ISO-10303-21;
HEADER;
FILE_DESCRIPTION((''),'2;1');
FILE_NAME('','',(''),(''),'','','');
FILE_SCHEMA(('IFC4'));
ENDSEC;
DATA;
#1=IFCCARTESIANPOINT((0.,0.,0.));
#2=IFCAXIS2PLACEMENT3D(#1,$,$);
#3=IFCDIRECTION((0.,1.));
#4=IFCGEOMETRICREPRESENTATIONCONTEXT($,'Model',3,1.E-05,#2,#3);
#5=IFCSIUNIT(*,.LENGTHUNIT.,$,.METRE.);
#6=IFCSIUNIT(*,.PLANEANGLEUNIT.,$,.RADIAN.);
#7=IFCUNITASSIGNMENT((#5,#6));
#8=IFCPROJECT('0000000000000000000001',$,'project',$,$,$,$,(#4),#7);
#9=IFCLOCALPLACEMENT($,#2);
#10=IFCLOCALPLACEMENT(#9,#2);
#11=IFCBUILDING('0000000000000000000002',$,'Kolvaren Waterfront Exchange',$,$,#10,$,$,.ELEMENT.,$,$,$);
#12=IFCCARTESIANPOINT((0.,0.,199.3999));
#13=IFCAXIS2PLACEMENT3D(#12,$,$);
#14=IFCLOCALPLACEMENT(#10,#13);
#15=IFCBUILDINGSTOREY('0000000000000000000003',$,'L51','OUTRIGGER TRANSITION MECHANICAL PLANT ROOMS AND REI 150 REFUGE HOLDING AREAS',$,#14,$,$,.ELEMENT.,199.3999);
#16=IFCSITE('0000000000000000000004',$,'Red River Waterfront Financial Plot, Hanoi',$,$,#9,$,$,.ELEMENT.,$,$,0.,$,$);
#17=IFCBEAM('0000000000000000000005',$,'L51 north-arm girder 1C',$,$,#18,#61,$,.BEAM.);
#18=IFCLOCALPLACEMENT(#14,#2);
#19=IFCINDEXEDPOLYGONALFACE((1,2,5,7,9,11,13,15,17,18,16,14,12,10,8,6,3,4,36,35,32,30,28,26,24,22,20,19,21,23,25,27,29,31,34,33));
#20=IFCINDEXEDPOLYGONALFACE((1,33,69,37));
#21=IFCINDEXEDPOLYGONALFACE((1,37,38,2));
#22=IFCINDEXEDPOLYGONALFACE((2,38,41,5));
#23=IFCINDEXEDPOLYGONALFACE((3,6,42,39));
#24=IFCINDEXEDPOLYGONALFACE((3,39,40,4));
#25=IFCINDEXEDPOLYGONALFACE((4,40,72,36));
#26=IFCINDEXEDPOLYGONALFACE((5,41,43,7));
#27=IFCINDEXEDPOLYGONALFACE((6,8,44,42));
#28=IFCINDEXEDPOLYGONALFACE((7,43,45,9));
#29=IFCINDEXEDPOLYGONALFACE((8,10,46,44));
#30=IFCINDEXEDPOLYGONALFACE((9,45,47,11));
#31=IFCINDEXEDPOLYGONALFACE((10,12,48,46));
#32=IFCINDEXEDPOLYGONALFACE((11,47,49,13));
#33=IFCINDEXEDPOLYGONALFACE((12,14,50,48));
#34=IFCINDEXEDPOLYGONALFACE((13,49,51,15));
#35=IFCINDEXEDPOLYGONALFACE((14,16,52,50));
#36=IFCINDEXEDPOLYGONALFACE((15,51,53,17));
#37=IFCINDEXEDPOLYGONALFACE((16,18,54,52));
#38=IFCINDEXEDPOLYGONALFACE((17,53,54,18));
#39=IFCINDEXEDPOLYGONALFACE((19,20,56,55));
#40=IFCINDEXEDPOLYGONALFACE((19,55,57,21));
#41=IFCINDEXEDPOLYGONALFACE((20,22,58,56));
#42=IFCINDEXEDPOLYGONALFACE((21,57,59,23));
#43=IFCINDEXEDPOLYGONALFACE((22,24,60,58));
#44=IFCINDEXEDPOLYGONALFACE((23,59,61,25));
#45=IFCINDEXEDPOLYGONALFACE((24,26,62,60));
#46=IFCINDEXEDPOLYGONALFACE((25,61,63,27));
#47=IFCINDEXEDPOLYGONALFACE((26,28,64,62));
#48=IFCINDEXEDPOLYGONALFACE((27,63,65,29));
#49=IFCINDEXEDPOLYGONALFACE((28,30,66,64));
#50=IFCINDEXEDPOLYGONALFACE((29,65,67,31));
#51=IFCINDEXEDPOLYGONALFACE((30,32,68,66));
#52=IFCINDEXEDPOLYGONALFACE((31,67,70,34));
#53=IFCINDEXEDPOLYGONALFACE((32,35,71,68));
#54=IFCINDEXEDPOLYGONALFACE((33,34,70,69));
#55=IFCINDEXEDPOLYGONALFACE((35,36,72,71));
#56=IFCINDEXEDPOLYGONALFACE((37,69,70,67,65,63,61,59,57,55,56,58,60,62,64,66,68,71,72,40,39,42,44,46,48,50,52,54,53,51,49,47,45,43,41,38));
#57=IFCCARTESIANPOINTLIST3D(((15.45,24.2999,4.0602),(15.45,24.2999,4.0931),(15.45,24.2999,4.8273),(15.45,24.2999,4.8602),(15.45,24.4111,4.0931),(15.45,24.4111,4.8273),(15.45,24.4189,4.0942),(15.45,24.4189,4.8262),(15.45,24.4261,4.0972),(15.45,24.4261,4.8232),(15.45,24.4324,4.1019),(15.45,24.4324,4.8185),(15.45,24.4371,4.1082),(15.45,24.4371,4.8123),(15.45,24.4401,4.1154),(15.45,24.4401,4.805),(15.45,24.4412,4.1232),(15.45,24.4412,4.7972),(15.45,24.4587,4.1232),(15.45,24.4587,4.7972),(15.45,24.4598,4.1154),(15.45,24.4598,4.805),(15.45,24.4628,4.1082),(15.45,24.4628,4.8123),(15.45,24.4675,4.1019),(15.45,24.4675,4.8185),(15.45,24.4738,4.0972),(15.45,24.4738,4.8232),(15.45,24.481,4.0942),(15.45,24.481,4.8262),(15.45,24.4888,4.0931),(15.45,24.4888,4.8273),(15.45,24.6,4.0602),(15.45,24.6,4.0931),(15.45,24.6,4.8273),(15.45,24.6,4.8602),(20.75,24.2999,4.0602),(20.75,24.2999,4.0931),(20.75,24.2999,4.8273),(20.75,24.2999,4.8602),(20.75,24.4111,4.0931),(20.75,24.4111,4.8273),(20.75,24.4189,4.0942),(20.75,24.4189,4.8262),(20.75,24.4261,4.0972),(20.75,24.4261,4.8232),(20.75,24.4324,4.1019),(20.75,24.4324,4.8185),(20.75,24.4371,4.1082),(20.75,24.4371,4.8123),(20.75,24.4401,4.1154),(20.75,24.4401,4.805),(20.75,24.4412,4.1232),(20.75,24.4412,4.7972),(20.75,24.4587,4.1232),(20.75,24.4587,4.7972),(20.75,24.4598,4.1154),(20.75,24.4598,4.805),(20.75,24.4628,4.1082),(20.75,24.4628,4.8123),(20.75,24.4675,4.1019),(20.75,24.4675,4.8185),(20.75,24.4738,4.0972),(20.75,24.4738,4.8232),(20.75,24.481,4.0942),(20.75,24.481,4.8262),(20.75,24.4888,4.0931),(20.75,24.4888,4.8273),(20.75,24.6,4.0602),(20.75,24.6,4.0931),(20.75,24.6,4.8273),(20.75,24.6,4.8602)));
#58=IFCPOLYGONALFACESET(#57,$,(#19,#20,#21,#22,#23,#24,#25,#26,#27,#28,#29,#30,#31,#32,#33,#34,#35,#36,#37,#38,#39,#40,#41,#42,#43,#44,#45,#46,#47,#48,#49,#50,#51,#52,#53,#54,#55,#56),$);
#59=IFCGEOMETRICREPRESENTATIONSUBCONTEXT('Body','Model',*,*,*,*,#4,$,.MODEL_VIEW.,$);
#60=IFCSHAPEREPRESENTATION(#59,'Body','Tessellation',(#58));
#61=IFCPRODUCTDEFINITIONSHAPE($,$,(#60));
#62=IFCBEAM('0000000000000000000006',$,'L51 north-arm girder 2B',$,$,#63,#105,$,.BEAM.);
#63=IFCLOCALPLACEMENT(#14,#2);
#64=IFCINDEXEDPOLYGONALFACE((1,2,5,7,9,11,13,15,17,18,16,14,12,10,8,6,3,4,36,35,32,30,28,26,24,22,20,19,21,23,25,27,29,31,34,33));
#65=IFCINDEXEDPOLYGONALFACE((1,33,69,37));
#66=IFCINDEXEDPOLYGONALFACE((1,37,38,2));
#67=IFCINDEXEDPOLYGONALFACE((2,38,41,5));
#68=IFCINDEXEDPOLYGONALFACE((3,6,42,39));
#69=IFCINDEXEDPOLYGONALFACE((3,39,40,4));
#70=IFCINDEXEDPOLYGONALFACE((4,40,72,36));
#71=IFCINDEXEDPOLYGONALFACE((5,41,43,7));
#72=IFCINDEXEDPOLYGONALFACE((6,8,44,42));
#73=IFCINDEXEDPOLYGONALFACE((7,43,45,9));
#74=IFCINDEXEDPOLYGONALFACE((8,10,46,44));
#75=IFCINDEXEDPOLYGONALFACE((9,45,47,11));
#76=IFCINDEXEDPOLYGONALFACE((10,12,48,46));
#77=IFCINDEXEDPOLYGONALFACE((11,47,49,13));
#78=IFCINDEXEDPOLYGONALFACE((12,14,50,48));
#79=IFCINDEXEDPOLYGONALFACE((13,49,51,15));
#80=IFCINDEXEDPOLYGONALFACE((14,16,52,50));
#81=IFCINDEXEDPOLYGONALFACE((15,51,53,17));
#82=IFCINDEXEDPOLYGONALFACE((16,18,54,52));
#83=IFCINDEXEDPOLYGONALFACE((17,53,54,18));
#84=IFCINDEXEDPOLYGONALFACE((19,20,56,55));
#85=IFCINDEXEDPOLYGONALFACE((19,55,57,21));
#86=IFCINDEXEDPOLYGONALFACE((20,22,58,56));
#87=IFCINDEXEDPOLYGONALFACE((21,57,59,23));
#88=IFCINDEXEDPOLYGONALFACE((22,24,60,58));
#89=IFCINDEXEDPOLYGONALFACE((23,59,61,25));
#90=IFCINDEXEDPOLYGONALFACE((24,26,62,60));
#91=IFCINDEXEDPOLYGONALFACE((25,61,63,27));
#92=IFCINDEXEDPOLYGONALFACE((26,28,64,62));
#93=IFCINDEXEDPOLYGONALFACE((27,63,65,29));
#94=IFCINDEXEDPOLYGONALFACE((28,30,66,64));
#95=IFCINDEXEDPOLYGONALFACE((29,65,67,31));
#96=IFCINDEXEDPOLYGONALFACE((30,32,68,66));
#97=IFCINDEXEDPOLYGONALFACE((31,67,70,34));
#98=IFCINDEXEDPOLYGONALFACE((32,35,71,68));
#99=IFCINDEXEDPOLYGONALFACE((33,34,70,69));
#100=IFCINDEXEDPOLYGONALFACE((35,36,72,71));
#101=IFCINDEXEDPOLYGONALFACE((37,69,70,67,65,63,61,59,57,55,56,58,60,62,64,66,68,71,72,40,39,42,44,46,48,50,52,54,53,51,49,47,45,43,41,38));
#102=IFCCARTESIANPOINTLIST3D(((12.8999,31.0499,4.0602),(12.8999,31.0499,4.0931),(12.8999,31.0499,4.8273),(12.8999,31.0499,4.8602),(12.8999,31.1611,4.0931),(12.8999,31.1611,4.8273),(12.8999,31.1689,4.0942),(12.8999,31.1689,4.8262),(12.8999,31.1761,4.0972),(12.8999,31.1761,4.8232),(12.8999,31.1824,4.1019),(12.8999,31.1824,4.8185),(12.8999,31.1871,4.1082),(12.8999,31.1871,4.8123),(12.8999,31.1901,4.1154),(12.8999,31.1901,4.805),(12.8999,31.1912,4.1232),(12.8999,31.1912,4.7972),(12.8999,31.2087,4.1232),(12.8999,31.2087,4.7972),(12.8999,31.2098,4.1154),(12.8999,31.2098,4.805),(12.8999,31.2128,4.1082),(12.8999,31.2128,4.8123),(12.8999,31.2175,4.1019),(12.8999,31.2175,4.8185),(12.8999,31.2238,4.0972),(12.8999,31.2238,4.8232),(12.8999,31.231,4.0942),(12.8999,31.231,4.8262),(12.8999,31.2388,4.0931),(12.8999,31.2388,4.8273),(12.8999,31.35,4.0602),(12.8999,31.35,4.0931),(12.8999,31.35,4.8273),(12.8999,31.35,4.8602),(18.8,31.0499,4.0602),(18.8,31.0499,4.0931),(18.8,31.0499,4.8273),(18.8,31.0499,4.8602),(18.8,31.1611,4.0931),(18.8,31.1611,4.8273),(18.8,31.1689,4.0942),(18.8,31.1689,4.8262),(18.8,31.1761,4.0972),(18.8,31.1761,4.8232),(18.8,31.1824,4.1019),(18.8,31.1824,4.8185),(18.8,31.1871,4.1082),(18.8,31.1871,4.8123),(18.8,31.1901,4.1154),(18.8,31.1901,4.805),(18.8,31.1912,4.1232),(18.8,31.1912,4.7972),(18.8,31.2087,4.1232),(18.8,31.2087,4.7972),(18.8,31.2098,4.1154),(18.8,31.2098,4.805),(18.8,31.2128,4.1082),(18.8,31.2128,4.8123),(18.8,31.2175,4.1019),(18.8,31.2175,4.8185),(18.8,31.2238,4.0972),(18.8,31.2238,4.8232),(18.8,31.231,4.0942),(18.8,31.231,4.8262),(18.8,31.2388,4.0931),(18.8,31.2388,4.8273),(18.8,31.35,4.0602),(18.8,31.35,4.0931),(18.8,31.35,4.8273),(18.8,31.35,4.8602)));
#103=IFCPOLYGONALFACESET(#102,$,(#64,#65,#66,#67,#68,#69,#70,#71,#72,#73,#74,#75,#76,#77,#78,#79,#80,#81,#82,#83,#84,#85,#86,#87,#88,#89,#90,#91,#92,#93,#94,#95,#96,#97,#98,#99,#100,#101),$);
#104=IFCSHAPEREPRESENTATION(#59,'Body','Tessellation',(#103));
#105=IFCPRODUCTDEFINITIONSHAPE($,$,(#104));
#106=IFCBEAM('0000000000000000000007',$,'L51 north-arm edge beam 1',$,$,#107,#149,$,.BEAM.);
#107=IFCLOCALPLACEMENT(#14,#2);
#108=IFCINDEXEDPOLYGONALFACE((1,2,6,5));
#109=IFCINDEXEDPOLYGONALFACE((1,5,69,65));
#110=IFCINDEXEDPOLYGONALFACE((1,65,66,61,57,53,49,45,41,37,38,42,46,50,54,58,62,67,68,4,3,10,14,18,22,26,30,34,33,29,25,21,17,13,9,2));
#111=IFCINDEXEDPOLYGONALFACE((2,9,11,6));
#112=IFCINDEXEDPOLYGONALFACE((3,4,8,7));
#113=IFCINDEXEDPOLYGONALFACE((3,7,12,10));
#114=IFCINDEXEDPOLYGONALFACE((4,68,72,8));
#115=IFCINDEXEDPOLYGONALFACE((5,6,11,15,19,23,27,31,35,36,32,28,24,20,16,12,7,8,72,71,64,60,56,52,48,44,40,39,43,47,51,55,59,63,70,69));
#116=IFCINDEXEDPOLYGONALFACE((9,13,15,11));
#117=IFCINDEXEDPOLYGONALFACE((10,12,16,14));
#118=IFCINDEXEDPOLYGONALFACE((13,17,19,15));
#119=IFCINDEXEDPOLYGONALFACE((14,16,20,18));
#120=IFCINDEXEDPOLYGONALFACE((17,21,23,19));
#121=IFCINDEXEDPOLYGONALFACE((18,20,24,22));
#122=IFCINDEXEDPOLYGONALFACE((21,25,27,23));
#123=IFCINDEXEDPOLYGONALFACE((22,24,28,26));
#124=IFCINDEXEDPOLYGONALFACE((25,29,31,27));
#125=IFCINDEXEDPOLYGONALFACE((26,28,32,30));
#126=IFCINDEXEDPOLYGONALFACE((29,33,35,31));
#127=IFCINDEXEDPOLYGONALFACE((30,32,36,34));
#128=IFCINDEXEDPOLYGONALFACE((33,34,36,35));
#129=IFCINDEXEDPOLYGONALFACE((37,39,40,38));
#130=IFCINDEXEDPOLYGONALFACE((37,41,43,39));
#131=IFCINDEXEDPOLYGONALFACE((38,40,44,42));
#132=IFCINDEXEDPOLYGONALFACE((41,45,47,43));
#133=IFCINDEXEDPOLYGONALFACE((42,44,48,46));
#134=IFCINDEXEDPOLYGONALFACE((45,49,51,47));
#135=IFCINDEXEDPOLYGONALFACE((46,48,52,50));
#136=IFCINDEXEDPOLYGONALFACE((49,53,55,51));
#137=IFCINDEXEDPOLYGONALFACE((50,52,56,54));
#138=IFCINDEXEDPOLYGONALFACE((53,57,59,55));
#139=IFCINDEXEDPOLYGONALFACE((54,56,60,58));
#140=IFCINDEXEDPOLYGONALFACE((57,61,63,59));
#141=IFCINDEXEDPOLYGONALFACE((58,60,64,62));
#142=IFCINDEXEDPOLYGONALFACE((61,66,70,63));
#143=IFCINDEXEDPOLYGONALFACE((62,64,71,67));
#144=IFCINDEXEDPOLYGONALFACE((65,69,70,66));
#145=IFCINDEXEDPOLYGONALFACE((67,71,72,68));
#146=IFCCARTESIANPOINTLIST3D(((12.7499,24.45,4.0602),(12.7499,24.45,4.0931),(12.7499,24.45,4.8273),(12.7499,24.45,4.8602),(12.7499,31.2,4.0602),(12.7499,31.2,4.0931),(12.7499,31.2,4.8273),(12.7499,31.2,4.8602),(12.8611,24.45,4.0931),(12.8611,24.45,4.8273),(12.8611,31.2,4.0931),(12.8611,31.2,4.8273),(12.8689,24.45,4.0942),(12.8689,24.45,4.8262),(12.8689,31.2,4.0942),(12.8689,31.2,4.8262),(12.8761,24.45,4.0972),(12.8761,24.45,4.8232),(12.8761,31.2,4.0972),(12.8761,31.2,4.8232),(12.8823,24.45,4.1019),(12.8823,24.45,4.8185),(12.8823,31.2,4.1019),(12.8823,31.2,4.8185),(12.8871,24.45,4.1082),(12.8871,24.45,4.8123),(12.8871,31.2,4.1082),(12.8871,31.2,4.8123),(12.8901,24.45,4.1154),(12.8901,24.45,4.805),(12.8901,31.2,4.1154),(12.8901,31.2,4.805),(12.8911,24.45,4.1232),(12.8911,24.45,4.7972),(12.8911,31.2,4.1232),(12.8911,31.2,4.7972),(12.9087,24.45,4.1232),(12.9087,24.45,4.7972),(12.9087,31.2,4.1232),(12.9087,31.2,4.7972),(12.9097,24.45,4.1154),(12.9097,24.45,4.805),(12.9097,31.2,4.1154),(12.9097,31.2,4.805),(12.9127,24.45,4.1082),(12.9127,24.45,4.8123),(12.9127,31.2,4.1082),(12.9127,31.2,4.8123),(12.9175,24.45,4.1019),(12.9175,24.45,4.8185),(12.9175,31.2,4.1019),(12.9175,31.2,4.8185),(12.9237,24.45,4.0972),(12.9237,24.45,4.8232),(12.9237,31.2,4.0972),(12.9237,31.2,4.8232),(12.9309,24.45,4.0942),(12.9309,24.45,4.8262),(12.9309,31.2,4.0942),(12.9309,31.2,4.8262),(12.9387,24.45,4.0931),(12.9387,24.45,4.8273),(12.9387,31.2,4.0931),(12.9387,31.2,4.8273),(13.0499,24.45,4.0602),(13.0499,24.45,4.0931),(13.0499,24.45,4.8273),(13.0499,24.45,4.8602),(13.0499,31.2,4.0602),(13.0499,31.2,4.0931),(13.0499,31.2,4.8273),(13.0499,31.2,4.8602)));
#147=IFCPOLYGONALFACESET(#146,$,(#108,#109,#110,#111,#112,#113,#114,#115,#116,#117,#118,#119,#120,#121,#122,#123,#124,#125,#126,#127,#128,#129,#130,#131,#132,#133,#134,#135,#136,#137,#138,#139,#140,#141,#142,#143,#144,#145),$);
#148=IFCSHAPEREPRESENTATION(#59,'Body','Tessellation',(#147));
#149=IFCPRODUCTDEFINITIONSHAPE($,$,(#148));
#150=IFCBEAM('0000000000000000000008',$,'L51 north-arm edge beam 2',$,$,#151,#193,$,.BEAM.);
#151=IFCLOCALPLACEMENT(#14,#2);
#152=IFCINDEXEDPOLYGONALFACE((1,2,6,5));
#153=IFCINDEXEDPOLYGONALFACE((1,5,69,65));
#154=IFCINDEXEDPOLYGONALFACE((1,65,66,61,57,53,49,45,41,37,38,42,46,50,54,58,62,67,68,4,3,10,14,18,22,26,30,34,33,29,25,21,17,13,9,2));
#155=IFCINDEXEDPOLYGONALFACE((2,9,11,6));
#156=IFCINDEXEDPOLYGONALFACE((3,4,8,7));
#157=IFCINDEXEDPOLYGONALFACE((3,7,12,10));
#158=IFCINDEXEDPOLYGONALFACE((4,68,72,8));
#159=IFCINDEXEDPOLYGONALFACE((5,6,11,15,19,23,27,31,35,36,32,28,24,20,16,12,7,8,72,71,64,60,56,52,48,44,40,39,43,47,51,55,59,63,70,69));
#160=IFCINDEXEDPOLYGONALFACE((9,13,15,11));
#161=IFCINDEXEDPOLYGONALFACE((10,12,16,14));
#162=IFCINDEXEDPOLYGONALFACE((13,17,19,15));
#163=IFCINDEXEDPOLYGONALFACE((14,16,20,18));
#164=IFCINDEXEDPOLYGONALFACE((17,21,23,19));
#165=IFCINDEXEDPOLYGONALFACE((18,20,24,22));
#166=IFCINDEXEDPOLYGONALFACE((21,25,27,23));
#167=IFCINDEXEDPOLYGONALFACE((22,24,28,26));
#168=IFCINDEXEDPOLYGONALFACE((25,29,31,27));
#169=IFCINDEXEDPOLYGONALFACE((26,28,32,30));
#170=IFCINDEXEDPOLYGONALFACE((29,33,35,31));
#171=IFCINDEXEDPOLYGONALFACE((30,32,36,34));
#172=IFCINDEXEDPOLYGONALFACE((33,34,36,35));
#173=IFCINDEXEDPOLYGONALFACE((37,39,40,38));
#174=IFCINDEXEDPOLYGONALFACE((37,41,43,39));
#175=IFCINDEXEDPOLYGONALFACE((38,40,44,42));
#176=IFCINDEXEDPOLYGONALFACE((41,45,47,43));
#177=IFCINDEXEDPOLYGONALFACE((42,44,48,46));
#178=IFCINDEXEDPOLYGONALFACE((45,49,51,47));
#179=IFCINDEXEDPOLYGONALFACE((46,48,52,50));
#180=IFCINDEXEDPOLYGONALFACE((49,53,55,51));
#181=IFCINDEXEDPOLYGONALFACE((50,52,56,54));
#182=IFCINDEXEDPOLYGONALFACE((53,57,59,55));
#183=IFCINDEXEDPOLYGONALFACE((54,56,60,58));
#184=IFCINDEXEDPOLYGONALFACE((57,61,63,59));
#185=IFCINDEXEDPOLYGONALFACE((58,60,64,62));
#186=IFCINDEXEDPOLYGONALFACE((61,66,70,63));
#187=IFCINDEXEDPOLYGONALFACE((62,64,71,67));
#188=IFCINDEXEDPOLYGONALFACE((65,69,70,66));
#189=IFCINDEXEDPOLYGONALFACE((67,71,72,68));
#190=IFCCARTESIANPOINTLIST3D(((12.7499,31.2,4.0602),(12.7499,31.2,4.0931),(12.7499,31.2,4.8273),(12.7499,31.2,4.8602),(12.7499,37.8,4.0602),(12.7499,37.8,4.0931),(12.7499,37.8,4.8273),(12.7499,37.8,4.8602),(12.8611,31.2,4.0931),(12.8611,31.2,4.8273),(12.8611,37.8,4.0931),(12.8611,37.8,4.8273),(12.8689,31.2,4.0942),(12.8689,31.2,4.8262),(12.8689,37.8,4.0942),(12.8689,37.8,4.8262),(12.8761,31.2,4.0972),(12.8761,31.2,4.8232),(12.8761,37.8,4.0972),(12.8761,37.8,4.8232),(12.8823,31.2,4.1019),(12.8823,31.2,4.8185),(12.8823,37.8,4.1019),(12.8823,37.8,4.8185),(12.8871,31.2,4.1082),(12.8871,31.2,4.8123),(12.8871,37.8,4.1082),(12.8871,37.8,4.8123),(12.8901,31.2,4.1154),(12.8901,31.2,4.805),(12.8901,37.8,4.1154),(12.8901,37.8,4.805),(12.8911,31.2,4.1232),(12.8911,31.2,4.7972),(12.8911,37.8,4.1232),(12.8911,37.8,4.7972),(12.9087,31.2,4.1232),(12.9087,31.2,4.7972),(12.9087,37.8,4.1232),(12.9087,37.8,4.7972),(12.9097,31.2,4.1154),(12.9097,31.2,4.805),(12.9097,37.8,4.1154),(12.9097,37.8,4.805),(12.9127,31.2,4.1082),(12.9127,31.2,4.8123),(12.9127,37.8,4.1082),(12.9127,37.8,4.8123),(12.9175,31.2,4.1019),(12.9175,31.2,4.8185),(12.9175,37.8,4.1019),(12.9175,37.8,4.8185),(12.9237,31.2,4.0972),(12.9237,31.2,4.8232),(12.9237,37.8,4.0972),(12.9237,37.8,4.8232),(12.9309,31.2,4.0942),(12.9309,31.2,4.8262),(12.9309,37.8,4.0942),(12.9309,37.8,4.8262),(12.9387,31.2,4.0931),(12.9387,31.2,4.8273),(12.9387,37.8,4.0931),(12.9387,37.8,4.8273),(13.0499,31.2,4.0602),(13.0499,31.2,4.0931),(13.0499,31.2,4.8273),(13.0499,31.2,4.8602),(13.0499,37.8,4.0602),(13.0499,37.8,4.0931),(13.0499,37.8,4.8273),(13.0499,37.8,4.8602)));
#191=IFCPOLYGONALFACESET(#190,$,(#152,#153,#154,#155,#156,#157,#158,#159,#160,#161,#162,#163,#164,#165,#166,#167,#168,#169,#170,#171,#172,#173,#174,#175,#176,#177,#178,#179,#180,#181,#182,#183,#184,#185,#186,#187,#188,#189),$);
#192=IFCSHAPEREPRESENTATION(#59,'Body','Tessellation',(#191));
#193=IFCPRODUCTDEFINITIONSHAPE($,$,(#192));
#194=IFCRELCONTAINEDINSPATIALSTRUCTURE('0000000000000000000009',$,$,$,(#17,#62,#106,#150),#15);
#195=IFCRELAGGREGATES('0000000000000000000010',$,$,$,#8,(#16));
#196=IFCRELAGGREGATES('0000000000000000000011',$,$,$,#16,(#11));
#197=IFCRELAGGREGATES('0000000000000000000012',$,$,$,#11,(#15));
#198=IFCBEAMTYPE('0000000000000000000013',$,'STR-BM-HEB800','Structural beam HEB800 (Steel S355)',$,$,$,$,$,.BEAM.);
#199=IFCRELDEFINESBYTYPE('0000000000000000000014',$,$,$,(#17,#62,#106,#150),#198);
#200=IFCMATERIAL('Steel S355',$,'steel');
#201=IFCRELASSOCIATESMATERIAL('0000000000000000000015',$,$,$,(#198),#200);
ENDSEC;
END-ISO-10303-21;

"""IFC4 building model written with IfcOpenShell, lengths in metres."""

from ifc_helpers import new_model, si_unit, direction, frame, origin, origin_2d, place, context, subcontext, project, spatial, i_section, extrude, material, material_profile, profile_set, type_object, element, save


model = new_model("IFC4")

# Units and contexts
model_context = context("Model", 3, precision=1e-05, world=origin(), true_north=direction((0.0, 1.0)))
body_context = subcontext(model_context, "Body", "Model", "MODEL_VIEW")
ifc_project = project(units=[si_unit("LENGTHUNIT", "METRE"), si_unit("PLANEANGLEUNIT", "RADIAN")], contexts=[model_context])

# Site, building, storey
site_placement = place(None, origin())
site = spatial("IfcSite", under=ifc_project, at=site_placement, Name="Red River Waterfront Financial Plot, Hanoi", CompositionType="ELEMENT", RefElevation=0.0)
building_placement = place(site_placement, origin())
building = spatial("IfcBuilding", under=site, at=building_placement, Name="Kolvaren Waterfront Exchange", CompositionType="ELEMENT")
storey_placement = place(building_placement, frame((0.0, 0.0, 199.3999)))
storey = spatial("IfcBuildingStorey", under=building, at=storey_placement, Name="L51", Description="OUTRIGGER TRANSITION MECHANICAL PLANT ROOMS AND REI 150 REFUGE HOLDING AREAS", CompositionType="ELEMENT", Elevation=199.3999)

# Beams
ifc_material_1 = material(Name="Steel S355", Category="steel")
ifc_material_profile_1 = material_profile(ifc_material_1, i_section(OverallWidth=0.3, OverallDepth=0.8, WebThickness=0.0176, FlangeThickness=0.033, FilletRadius=0.03, at=origin_2d()), Name="HEB800")
ifc_profile_set_1 = profile_set([ifc_material_profile_1], Name="Steel S355")
beam_type_1 = type_object("IfcBeamType", Name="STR-BM-HEB800", Description="Structural beam HEB800 (Steel S355)", PredefinedType="BEAM", material=ifc_profile_set_1)
beam_1_placement = place(storey_placement, frame((15.45, 24.45, 4.4602), z_axis=(1.0, 0.0, 0.0), x_axis=(0.0, 1.0, 0.0)))
element("IfcBeam", 1, at=beam_1_placement, inside=storey, type_object=beam_type_1, Name="L51 north-arm girder 1C", PredefinedType="BEAM", context=body_context, shape_type="SweptSolid", body=[
    extrude(i_section(OverallWidth=0.3, OverallDepth=0.8, WebThickness=0.0176, FlangeThickness=0.033, FilletRadius=0.03, at=origin_2d()), origin(), (0.0, 0.0, 1.0), 5.3),
])
beam_2_placement = place(storey_placement, frame((12.8999, 31.2, 4.4602), z_axis=(1.0, 0.0, 0.0), x_axis=(0.0, 1.0, 0.0)))
element("IfcBeam", 2, at=beam_2_placement, inside=storey, type_object=beam_type_1, Name="L51 north-arm girder 2B", PredefinedType="BEAM", context=body_context, shape_type="SweptSolid", body=[
    extrude(i_section(OverallWidth=0.3, OverallDepth=0.8, WebThickness=0.0176, FlangeThickness=0.033, FilletRadius=0.03, at=origin_2d()), origin(), (0.0, 0.0, 1.0), 5.9001),
])
beam_3_placement = place(storey_placement, frame((12.8999, 24.45, 4.4602), z_axis=(0.0, 1.0, 0.0), x_axis=(-1.0, 0.0, 0.0)))
element("IfcBeam", 3, at=beam_3_placement, inside=storey, type_object=beam_type_1, Name="L51 north-arm edge beam 1", PredefinedType="BEAM", context=body_context, shape_type="SweptSolid", body=[
    extrude(i_section(OverallWidth=0.3, OverallDepth=0.8, WebThickness=0.0176, FlangeThickness=0.033, FilletRadius=0.03, at=origin_2d()), origin(), (0.0, 0.0, 1.0), 6.75),
])
beam_4_placement = place(storey_placement, frame((12.8999, 31.2, 4.4602), z_axis=(0.0, 1.0, 0.0), x_axis=(-1.0, 0.0, 0.0)))
element("IfcBeam", 4, at=beam_4_placement, inside=storey, type_object=beam_type_1, Name="L51 north-arm edge beam 2", PredefinedType="BEAM", context=body_context, shape_type="SweptSolid", body=[
    extrude(i_section(OverallWidth=0.3, OverallDepth=0.8, WebThickness=0.0176, FlangeThickness=0.033, FilletRadius=0.03, at=origin_2d()), origin(), (0.0, 0.0, 1.0), 6.6001),
])

save(model, "model.ifc")
